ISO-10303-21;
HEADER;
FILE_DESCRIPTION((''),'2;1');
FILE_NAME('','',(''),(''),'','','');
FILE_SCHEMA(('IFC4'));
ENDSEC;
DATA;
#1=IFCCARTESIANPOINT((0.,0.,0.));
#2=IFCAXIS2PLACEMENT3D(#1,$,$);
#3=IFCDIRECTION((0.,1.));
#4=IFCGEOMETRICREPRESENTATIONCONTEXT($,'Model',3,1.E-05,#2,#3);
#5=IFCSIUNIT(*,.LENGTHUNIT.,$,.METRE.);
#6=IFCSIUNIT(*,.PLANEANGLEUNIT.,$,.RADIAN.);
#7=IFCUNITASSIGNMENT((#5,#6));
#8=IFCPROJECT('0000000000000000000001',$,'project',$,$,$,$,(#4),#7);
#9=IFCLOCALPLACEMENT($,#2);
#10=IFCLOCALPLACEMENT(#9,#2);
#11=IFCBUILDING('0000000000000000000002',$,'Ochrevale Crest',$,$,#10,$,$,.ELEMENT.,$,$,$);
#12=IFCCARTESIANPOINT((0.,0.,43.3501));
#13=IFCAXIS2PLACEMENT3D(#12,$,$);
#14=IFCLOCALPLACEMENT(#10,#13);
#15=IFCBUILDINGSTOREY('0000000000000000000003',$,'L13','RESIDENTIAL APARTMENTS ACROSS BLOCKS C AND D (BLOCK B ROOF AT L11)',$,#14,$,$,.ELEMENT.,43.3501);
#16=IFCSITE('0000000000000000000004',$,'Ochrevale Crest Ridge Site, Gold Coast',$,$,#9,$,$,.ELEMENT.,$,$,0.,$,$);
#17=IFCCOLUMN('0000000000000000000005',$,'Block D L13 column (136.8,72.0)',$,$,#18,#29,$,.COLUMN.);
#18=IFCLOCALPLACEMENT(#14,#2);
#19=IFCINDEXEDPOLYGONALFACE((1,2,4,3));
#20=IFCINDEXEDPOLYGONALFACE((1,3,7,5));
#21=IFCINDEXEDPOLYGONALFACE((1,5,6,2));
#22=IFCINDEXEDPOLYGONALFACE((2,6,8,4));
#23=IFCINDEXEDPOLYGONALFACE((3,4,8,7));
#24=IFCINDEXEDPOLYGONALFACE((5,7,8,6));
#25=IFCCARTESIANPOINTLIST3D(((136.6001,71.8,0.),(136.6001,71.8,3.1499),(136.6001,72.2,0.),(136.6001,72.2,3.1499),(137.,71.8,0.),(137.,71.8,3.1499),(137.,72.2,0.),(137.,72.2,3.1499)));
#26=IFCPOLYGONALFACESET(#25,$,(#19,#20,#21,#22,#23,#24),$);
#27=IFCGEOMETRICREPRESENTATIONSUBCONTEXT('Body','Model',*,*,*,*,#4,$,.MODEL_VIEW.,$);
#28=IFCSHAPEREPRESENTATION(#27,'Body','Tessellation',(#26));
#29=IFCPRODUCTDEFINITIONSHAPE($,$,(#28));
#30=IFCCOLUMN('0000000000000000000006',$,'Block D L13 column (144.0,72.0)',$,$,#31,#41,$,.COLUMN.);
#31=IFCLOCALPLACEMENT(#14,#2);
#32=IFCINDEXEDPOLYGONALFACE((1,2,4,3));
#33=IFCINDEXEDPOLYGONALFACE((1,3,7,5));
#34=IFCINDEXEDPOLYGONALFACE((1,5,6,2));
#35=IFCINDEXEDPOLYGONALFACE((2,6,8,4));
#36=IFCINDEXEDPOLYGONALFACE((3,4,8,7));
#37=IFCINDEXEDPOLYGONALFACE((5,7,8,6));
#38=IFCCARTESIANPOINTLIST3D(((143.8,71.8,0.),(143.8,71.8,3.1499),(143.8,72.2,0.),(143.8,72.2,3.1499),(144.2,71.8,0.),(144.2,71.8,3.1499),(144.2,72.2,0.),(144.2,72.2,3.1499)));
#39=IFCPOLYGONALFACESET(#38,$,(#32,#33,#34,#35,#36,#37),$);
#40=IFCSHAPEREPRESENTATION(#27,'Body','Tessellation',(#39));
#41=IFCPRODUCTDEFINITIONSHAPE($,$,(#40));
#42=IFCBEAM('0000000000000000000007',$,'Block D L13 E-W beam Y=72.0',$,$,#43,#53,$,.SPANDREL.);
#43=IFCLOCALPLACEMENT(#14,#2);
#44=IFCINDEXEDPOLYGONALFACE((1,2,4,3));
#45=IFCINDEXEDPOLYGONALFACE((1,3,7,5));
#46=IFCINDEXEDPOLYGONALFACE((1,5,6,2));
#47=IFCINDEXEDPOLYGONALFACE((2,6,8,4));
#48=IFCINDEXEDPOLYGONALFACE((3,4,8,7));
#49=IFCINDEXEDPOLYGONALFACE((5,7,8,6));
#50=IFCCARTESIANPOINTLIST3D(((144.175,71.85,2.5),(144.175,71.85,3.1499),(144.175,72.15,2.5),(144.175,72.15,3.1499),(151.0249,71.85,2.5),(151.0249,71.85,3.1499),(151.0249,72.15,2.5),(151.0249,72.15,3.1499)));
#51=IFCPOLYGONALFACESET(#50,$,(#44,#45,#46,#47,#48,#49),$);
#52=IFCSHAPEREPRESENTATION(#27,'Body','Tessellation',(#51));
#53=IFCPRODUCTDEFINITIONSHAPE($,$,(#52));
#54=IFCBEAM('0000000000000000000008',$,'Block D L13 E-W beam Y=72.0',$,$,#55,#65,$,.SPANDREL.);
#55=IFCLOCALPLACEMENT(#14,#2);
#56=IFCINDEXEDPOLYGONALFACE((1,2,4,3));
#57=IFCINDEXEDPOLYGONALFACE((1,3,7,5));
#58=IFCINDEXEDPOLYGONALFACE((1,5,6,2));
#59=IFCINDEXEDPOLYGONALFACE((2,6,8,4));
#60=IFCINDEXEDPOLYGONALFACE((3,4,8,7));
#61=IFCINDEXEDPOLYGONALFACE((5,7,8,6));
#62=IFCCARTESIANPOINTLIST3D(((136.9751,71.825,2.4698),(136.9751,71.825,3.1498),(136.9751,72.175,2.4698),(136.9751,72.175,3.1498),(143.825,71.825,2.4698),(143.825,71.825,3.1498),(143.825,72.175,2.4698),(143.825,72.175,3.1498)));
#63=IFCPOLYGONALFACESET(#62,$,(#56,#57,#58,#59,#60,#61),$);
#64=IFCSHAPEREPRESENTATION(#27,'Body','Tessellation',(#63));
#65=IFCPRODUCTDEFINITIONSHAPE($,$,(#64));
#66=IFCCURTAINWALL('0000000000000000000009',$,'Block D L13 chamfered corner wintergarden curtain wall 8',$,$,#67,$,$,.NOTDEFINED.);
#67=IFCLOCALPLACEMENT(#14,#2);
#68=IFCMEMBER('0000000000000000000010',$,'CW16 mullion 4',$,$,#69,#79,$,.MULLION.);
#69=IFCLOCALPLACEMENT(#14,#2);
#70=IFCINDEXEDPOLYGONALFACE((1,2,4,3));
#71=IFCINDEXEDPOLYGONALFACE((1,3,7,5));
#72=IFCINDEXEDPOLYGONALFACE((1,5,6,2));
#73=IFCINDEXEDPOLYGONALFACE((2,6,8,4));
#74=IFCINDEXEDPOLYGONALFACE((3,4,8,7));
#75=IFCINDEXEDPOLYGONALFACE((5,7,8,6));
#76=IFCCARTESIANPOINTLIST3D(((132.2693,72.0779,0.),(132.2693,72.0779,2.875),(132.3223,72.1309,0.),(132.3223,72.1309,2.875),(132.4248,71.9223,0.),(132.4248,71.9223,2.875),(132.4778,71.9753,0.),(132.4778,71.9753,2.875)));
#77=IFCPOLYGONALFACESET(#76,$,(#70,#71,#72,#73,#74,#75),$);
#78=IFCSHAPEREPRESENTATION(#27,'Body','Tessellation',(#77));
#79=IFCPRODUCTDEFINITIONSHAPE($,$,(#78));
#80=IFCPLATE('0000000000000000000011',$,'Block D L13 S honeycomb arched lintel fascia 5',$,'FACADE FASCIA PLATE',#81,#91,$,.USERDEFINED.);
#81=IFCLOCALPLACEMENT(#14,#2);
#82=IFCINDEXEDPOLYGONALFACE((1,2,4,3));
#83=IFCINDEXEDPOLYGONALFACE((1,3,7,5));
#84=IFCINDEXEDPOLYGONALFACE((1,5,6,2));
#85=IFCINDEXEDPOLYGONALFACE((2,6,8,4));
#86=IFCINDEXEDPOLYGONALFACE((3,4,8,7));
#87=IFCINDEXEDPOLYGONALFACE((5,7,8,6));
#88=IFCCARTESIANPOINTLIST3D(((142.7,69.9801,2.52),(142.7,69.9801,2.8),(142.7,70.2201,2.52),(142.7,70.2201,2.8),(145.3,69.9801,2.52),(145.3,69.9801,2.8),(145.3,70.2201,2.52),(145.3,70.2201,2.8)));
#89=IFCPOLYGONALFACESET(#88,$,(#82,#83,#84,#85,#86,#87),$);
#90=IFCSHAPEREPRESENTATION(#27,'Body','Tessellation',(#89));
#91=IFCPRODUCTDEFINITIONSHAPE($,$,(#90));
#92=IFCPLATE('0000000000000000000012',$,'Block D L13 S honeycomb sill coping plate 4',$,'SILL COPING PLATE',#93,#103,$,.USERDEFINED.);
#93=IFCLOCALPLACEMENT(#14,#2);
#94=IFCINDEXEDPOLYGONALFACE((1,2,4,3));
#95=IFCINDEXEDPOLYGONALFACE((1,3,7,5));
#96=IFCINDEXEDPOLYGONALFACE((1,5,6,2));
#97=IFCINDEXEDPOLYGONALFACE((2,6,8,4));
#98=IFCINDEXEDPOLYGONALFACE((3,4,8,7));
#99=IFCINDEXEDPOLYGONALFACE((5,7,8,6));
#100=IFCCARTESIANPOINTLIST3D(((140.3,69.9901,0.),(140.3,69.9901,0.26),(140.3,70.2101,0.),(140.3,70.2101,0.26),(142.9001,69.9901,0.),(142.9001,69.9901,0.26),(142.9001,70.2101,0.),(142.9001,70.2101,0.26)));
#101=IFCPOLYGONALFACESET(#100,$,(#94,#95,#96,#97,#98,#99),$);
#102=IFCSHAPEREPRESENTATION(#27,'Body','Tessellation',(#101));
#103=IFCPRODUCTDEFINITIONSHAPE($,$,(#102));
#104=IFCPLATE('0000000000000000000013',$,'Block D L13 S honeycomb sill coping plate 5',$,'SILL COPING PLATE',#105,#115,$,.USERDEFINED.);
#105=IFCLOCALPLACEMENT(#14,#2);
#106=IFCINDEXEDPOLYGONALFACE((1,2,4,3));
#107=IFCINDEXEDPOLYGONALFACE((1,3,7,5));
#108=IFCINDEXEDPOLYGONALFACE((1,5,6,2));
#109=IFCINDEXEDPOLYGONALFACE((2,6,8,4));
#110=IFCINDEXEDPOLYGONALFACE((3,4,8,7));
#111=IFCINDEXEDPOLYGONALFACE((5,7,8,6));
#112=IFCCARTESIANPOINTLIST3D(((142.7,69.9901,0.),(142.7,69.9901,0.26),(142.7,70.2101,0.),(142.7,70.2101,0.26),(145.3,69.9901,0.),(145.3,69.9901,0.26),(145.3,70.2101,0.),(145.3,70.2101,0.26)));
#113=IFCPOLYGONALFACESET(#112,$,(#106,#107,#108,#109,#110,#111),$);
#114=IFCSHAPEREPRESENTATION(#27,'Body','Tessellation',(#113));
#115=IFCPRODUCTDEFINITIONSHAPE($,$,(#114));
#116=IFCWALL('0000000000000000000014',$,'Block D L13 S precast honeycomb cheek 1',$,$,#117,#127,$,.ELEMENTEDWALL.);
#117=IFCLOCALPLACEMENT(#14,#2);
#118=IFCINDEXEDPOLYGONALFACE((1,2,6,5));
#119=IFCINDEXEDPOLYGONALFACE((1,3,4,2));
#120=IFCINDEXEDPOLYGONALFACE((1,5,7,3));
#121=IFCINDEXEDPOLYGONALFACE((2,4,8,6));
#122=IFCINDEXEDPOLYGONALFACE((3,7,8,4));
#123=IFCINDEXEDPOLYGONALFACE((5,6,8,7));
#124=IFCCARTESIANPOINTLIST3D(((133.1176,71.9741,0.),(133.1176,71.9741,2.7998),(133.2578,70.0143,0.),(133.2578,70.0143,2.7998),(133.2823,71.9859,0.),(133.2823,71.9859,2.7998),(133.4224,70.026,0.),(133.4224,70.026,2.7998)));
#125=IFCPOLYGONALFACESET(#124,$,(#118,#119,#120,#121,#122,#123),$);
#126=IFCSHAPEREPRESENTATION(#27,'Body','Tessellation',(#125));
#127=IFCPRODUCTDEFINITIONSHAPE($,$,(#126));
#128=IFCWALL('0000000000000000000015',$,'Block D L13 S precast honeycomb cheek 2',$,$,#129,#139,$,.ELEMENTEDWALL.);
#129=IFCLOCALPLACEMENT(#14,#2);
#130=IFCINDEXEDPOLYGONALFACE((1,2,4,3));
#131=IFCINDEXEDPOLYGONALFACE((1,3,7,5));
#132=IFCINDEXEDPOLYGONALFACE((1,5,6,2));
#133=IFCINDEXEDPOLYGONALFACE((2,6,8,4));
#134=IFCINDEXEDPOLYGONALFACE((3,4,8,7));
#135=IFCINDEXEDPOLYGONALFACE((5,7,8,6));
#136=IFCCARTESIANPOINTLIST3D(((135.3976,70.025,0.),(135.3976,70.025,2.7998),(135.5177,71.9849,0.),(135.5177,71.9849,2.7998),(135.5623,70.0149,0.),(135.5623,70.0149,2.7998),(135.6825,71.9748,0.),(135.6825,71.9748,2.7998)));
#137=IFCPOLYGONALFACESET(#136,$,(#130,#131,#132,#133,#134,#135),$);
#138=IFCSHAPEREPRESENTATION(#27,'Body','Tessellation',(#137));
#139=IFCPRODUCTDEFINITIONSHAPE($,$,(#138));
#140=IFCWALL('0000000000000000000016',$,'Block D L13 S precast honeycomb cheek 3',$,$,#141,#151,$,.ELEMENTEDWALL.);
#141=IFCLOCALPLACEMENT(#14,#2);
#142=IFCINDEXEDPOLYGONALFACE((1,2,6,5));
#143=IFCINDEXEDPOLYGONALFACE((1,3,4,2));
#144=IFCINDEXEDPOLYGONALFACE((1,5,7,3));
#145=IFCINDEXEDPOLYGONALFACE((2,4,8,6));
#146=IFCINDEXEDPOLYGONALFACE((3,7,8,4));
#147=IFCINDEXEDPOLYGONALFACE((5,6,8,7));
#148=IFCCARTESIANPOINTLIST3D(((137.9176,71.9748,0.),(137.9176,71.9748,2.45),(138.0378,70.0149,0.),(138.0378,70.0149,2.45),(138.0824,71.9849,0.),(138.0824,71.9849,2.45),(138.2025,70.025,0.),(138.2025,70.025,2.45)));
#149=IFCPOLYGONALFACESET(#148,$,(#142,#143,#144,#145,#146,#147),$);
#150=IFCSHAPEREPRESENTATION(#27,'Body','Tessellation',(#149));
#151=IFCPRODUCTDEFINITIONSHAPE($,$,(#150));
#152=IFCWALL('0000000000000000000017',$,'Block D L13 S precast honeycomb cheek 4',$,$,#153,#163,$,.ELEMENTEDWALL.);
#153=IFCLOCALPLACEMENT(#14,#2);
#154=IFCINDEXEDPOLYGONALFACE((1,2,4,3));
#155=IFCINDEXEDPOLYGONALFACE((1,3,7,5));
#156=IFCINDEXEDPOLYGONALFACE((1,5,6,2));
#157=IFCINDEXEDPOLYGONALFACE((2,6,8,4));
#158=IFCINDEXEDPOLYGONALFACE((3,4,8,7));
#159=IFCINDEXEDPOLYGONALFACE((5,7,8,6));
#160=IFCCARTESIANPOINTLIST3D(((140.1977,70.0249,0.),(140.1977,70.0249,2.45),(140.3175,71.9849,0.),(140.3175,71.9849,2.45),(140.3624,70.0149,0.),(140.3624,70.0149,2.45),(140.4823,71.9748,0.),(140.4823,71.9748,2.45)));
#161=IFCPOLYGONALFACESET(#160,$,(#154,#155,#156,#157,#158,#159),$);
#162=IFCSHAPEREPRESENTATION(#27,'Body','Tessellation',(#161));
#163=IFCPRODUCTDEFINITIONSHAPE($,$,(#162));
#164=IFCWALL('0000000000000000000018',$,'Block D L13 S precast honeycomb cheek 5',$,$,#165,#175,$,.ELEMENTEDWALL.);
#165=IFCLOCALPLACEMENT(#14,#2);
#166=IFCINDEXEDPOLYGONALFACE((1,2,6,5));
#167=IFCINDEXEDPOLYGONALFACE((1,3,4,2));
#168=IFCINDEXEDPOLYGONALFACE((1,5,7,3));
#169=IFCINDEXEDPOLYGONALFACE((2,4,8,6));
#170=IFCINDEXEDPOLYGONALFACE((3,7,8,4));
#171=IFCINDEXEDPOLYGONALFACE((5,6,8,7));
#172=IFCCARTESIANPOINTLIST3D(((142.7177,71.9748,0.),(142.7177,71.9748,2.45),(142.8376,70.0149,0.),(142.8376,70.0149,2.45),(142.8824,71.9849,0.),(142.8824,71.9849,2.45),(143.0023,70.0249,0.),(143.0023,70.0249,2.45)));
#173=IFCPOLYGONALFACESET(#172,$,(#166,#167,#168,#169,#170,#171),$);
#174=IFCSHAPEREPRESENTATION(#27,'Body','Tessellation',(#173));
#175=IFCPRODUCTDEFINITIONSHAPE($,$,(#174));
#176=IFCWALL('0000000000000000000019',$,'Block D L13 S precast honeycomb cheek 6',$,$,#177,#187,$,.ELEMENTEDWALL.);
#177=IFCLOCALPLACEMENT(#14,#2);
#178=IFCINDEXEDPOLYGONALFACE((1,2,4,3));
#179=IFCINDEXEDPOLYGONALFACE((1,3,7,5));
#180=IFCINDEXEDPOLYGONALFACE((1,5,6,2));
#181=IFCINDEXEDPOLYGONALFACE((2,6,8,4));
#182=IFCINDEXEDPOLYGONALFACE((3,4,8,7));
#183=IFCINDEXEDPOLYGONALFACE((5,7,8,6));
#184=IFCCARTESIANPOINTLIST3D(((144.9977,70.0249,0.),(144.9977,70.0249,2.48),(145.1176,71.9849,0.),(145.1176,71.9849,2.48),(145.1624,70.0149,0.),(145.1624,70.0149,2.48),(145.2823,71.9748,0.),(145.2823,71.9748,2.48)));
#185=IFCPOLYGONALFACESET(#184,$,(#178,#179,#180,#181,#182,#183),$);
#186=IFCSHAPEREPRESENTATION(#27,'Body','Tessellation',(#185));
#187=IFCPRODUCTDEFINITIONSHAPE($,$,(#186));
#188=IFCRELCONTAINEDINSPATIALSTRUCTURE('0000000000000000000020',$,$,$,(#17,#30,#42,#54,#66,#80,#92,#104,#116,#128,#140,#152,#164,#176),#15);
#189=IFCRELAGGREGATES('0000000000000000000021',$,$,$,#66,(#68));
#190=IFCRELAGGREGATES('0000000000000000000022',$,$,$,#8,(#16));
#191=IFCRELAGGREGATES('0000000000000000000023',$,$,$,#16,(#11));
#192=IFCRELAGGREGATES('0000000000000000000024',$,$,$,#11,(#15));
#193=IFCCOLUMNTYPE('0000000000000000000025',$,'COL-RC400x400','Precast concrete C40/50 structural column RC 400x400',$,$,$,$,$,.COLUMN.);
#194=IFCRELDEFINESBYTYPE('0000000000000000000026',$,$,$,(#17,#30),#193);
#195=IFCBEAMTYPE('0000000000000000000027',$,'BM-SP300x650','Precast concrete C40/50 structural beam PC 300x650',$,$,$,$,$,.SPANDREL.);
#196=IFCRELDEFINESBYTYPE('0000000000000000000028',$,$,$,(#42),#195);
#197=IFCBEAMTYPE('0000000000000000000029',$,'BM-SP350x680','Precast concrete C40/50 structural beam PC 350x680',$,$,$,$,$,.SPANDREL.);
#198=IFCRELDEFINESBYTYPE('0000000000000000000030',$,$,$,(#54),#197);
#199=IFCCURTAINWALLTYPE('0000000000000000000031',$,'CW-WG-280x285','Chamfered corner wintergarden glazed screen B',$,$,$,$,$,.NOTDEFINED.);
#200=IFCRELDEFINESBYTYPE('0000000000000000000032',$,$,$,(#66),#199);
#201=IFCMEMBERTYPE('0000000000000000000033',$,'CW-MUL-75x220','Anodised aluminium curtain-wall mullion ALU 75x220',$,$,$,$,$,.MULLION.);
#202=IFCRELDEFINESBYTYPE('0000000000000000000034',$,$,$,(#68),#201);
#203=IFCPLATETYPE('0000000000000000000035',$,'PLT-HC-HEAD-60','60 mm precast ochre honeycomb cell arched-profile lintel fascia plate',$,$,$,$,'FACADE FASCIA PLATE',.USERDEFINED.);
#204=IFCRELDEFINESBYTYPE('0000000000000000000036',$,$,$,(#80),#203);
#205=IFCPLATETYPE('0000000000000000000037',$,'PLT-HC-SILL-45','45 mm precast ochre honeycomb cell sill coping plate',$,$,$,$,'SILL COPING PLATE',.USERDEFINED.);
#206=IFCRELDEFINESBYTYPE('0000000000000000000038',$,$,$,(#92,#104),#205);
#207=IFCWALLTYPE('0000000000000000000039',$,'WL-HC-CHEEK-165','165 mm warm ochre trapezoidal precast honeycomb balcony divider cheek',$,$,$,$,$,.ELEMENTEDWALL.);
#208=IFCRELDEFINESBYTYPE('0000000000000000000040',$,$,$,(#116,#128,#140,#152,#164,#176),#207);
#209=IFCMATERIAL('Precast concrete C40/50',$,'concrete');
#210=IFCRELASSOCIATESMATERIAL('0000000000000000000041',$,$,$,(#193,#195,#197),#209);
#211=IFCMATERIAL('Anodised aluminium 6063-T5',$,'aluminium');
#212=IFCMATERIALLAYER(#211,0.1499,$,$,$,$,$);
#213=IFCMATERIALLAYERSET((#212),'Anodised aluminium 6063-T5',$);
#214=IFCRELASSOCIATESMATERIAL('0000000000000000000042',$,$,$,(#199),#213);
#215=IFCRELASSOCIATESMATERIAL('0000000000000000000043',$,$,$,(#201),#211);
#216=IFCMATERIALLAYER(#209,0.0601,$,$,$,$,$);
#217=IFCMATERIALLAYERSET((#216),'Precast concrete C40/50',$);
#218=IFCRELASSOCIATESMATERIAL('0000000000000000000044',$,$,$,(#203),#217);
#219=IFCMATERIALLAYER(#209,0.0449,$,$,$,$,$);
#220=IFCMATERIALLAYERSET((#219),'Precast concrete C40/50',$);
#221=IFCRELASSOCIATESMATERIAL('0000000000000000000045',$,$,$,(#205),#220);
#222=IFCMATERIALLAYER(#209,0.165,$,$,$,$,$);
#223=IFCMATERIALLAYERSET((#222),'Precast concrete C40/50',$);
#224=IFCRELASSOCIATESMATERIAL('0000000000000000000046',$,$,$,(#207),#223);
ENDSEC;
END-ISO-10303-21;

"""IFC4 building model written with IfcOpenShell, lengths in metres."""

from ifc_helpers import new_model, si_unit, direction, frame, frame_2d, origin, origin_2d, place, context, subcontext, project, spatial, rectangle, extrude, material, layer, layer_set, material_profile, profile_set, type_object, element, aggregate, save


model = new_model("IFC4")

# Units and contexts
model_context = context("Model", 3, precision=1e-05, world=origin(), true_north=direction((0.0, 1.0)))
body_context = subcontext(model_context, "Body", "Model", "MODEL_VIEW")
ifc_project = project(units=[si_unit("LENGTHUNIT", "METRE"), si_unit("PLANEANGLEUNIT", "RADIAN")], contexts=[model_context])

# Site, building, storey
site_placement = place(None, origin())
site = spatial("IfcSite", under=ifc_project, at=site_placement, Name="Ochrevale Crest Ridge Site, Gold Coast", CompositionType="ELEMENT", RefElevation=0.0)
building_placement = place(site_placement, origin())
building = spatial("IfcBuilding", under=site, at=building_placement, Name="Ochrevale Crest", CompositionType="ELEMENT")
storey_placement = place(building_placement, frame((0.0, 0.0, 43.3501)))
storey = spatial("IfcBuildingStorey", under=building, at=storey_placement, Name="L13", Description="RESIDENTIAL APARTMENTS ACROSS BLOCKS C AND D (BLOCK B ROOF AT L11)", CompositionType="ELEMENT", Elevation=43.3501)

# Columns
ifc_material_1 = material(Name="Precast concrete C40/50", Category="concrete")
ifc_material_profile_1 = material_profile(ifc_material_1, rectangle(XDim=0.3999, YDim=0.3999, at=origin_2d()), Name="RC 400x400")
ifc_profile_set_1 = profile_set([ifc_material_profile_1], Name="Precast concrete C40/50")
column_type = type_object("IfcColumnType", Name="COL-RC400x400", Description="Precast concrete C40/50 structural column RC 400x400", PredefinedType="COLUMN", material=ifc_profile_set_1)
for number, where, z_axis, x_axis, name in (
    (1, (136.8, 72.0, 0.0), (0.0, 0.0, 1.0), (1.0, 0.0, 0.0), "Block D L13 column (136.8,72.0)"),
    (2, (144.0, 72.0, 0.0), (0.0, 0.0, 1.0), (1.0, 0.0, 0.0), "Block D L13 column (144.0,72.0)"),
):
    element("IfcColumn", number, at=place(storey_placement, frame(where, z_axis=z_axis, x_axis=x_axis)), inside=storey, type_object=column_type, Name=name, PredefinedType="COLUMN", context=body_context, shape_type="SweptSolid", body=[
        extrude(rectangle(XDim=0.3999, YDim=0.3999, at=origin_2d()), origin(), (0.0, 0.0, 1.0), 3.1499),
    ])

# Beams
ifc_material_profile_2 = material_profile(ifc_material_1, rectangle(XDim=0.3, YDim=0.6499, at=origin_2d()), Name="PC 300x650")
ifc_profile_set_2 = profile_set([ifc_material_profile_2], Name="Precast concrete C40/50")
beam_type_1 = type_object("IfcBeamType", Name="BM-SP300x650", Description="Precast concrete C40/50 structural beam PC 300x650", PredefinedType="SPANDREL", material=ifc_profile_set_2)
beam_1_placement = place(storey_placement, frame((144.175, 72.0, 2.825), z_axis=(1.0, 0.0, 0.0), x_axis=(0.0, 1.0, 0.0)))
element("IfcBeam", 3, at=beam_1_placement, inside=storey, type_object=beam_type_1, Name="Block D L13 E-W beam Y=72.0", PredefinedType="SPANDREL", context=body_context, shape_type="SweptSolid", body=[
    extrude(rectangle(XDim=0.3, YDim=0.6499, at=origin_2d()), origin(), (0.0, 0.0, 1.0), 6.8499),
])
ifc_material_profile_3 = material_profile(ifc_material_1, rectangle(XDim=0.3501, YDim=0.6799, at=origin_2d()), Name="PC 350x680")
ifc_profile_set_3 = profile_set([ifc_material_profile_3], Name="Precast concrete C40/50")
beam_type_2 = type_object("IfcBeamType", Name="BM-SP350x680", Description="Precast concrete C40/50 structural beam PC 350x680", PredefinedType="SPANDREL", material=ifc_profile_set_3)
beam_2_placement = place(storey_placement, frame((136.9751, 72.0, 2.8098), z_axis=(1.0, 0.0, 0.0), x_axis=(0.0, 1.0, 0.0)))
element("IfcBeam", 4, at=beam_2_placement, inside=storey, type_object=beam_type_2, Name="Block D L13 E-W beam Y=72.0", PredefinedType="SPANDREL", context=body_context, shape_type="SweptSolid", body=[
    extrude(rectangle(XDim=0.3501, YDim=0.6799, at=origin_2d()), origin(), (0.0, 0.0, 1.0), 6.8499),
])

# Curtain wall, member
ifc_material_2 = material(Name="Anodised aluminium 6063-T5", Category="aluminium")
ifc_layer_1 = layer(ifc_material_2, 0.1499)
ifc_layer_set_1 = layer_set([ifc_layer_1], Name="Anodised aluminium 6063-T5")
curtain_wall_type = type_object("IfcCurtainWallType", Name="CW-WG-280x285", Description="Chamfered corner wintergarden glazed screen B", PredefinedType="NOTDEFINED", material=ifc_layer_set_1)
curtain_wall_placement = place(storey_placement, origin())
curtain_wall = element("IfcCurtainWall", 5, at=curtain_wall_placement, inside=storey, type_object=curtain_wall_type, Name="Block D L13 chamfered corner wintergarden curtain wall 8", PredefinedType="NOTDEFINED")
ifc_material_profile_4 = material_profile(ifc_material_2, rectangle(XDim=0.075, YDim=0.22, at=origin_2d()), Name="ALU 75x220")
ifc_profile_set_4 = profile_set([ifc_material_profile_4], Name="Anodised aluminium 6063-T5")
member_type = type_object("IfcMemberType", Name="CW-MUL-75x220", Description="Anodised aluminium curtain-wall mullion ALU 75x220", PredefinedType="MULLION", material=ifc_profile_set_4)
member_placement = place(storey_placement, frame((132.3735, 72.0266, 0.0), z_axis=(0.0, 0.0, 1.0), x_axis=(0.707107, 0.707107, 0.0)))
member = element("IfcMember", 6, at=member_placement, type_object=member_type, Name="CW16 mullion 4", PredefinedType="MULLION", context=body_context, shape_type="SweptSolid", body=[
    extrude(rectangle(XDim=0.075, YDim=0.22, at=origin_2d()), origin(), (0.0, 0.0, 1.0), 2.875),
])
aggregate(curtain_wall, [member])

# Plates
ifc_layer_2 = layer(ifc_material_1, 0.0601)
ifc_layer_set_2 = layer_set([ifc_layer_2], Name="Precast concrete C40/50")
plate_type_1 = type_object("IfcPlateType", Name="PLT-HC-HEAD-60", Description="60 mm precast ochre honeycomb cell arched-profile lintel fascia plate", ElementType="FACADE FASCIA PLATE", PredefinedType="USERDEFINED", material=ifc_layer_set_2)
plate_placement = place(storey_placement, frame((144.0, 70.1001, 2.52), z_axis=(0.0, 0.0, 1.0), x_axis=(1.0, 0.0, 0.0)))
element("IfcPlate", 7, at=plate_placement, inside=storey, type_object=plate_type_1, Name="Block D L13 S honeycomb arched lintel fascia 5", ObjectType="FACADE FASCIA PLATE", PredefinedType="USERDEFINED", context=body_context, shape_type="SweptSolid", body=[
    extrude(rectangle(XDim=2.6001, YDim=0.24, at=origin_2d()), origin(), (0.0, 0.0, 1.0), 0.28),
])
ifc_layer_3 = layer(ifc_material_1, 0.0449)
ifc_layer_set_3 = layer_set([ifc_layer_3], Name="Precast concrete C40/50")
plate_type_2 = type_object("IfcPlateType", Name="PLT-HC-SILL-45", Description="45 mm precast ochre honeycomb cell sill coping plate", ElementType="SILL COPING PLATE", PredefinedType="USERDEFINED", material=ifc_layer_set_3)
for number, where, z_axis, x_axis, name in (
    (8, (141.6001, 70.1001, 0.0), (0.0, 0.0, 1.0), (1.0, 0.0, 0.0), "Block D L13 S honeycomb sill coping plate 4"),
    (9, (144.0, 70.1001, 0.0), (0.0, 0.0, 1.0), (1.0, 0.0, 0.0), "Block D L13 S honeycomb sill coping plate 5"),
):
    element("IfcPlate", number, at=place(storey_placement, frame(where, z_axis=z_axis, x_axis=x_axis)), inside=storey, type_object=plate_type_2, Name=name, ObjectType="SILL COPING PLATE", PredefinedType="USERDEFINED", context=body_context, shape_type="SweptSolid", body=[
        extrude(rectangle(XDim=2.6001, YDim=0.22, at=origin_2d()), origin(), (0.0, 0.0, 1.0), 0.26),
    ])

# Walls
ifc_layer_4 = layer(ifc_material_1, 0.165)
ifc_layer_set_4 = layer_set([ifc_layer_4], Name="Precast concrete C40/50")
wall_type_1 = type_object("IfcWallType", Name="WL-HC-CHEEK-165", Description="165 mm warm ochre trapezoidal precast honeycomb balcony divider cheek", PredefinedType="ELEMENTEDWALL", material=ifc_layer_set_4)
wall_1_placement = place(storey_placement, frame((133.2, 71.98, 0.0), z_axis=(0.0, 0.0, 1.0), x_axis=(0.071318, -0.997454, 0.0)))
element("IfcWall", 10, at=wall_1_placement, inside=storey, type_object=wall_type_1, Name="Block D L13 S precast honeycomb cheek 1", PredefinedType="ELEMENTEDWALL", context=body_context, shape_type="SweptSolid", body=[
    extrude(rectangle(XDim=1.9648, YDim=0.165, at=frame_2d((0.9824, 0.0))), origin(), (0.0, 0.0, 1.0), 2.7998),
])
wall_2_placement = place(storey_placement, frame((135.6001, 71.98, 0.0), z_axis=(0.0, 0.0, 1.0), x_axis=(-0.061171, -0.998127, 0.0)))
element("IfcWall", 11, at=wall_2_placement, inside=storey, type_object=wall_type_1, Name="Block D L13 S precast honeycomb cheek 2", PredefinedType="ELEMENTEDWALL", context=body_context, shape_type="SweptSolid", body=[
    extrude(rectangle(XDim=1.9636, YDim=0.165, at=frame_2d((0.9819, 0.0))), origin(), (0.0, 0.0, 1.0), 2.7998),
])
for number, where, z_axis, x_axis, name in (
    (12, (138.0, 71.98, 0.0), (0.0, 0.0, 1.0), (0.061171, -0.998127, 0.0), "Block D L13 S precast honeycomb cheek 3"),
    (13, (140.3999, 71.98, 0.0), (0.0, 0.0, 1.0), (-0.061047, -0.998135, 0.0), "Block D L13 S precast honeycomb cheek 4"),
    (14, (142.8, 71.98, 0.0), (0.0, 0.0, 1.0), (0.061047, -0.998135, 0.0), "Block D L13 S precast honeycomb cheek 5"),
):
    element("IfcWall", number, at=place(storey_placement, frame(where, z_axis=z_axis, x_axis=x_axis)), inside=storey, type_object=wall_type_1, Name=name, PredefinedType="ELEMENTEDWALL", context=body_context, shape_type="SweptSolid", body=[
        extrude(rectangle(XDim=1.9636, YDim=0.165, at=frame_2d((0.9819, 0.0))), origin(), (0.0, 0.0, 1.0), 2.45),
    ])
wall_3_placement = place(storey_placement, frame((145.2, 71.98, 0.0), z_axis=(0.0, 0.0, 1.0), x_axis=(-0.061047, -0.998135, 0.0)))
element("IfcWall", 15, at=wall_3_placement, inside=storey, type_object=wall_type_1, Name="Block D L13 S precast honeycomb cheek 6", PredefinedType="ELEMENTEDWALL", context=body_context, shape_type="SweptSolid", body=[
    extrude(rectangle(XDim=1.9636, YDim=0.165, at=frame_2d((0.9819, 0.0))), origin(), (0.0, 0.0, 1.0), 2.48),
])

save(model, "model.ifc")
